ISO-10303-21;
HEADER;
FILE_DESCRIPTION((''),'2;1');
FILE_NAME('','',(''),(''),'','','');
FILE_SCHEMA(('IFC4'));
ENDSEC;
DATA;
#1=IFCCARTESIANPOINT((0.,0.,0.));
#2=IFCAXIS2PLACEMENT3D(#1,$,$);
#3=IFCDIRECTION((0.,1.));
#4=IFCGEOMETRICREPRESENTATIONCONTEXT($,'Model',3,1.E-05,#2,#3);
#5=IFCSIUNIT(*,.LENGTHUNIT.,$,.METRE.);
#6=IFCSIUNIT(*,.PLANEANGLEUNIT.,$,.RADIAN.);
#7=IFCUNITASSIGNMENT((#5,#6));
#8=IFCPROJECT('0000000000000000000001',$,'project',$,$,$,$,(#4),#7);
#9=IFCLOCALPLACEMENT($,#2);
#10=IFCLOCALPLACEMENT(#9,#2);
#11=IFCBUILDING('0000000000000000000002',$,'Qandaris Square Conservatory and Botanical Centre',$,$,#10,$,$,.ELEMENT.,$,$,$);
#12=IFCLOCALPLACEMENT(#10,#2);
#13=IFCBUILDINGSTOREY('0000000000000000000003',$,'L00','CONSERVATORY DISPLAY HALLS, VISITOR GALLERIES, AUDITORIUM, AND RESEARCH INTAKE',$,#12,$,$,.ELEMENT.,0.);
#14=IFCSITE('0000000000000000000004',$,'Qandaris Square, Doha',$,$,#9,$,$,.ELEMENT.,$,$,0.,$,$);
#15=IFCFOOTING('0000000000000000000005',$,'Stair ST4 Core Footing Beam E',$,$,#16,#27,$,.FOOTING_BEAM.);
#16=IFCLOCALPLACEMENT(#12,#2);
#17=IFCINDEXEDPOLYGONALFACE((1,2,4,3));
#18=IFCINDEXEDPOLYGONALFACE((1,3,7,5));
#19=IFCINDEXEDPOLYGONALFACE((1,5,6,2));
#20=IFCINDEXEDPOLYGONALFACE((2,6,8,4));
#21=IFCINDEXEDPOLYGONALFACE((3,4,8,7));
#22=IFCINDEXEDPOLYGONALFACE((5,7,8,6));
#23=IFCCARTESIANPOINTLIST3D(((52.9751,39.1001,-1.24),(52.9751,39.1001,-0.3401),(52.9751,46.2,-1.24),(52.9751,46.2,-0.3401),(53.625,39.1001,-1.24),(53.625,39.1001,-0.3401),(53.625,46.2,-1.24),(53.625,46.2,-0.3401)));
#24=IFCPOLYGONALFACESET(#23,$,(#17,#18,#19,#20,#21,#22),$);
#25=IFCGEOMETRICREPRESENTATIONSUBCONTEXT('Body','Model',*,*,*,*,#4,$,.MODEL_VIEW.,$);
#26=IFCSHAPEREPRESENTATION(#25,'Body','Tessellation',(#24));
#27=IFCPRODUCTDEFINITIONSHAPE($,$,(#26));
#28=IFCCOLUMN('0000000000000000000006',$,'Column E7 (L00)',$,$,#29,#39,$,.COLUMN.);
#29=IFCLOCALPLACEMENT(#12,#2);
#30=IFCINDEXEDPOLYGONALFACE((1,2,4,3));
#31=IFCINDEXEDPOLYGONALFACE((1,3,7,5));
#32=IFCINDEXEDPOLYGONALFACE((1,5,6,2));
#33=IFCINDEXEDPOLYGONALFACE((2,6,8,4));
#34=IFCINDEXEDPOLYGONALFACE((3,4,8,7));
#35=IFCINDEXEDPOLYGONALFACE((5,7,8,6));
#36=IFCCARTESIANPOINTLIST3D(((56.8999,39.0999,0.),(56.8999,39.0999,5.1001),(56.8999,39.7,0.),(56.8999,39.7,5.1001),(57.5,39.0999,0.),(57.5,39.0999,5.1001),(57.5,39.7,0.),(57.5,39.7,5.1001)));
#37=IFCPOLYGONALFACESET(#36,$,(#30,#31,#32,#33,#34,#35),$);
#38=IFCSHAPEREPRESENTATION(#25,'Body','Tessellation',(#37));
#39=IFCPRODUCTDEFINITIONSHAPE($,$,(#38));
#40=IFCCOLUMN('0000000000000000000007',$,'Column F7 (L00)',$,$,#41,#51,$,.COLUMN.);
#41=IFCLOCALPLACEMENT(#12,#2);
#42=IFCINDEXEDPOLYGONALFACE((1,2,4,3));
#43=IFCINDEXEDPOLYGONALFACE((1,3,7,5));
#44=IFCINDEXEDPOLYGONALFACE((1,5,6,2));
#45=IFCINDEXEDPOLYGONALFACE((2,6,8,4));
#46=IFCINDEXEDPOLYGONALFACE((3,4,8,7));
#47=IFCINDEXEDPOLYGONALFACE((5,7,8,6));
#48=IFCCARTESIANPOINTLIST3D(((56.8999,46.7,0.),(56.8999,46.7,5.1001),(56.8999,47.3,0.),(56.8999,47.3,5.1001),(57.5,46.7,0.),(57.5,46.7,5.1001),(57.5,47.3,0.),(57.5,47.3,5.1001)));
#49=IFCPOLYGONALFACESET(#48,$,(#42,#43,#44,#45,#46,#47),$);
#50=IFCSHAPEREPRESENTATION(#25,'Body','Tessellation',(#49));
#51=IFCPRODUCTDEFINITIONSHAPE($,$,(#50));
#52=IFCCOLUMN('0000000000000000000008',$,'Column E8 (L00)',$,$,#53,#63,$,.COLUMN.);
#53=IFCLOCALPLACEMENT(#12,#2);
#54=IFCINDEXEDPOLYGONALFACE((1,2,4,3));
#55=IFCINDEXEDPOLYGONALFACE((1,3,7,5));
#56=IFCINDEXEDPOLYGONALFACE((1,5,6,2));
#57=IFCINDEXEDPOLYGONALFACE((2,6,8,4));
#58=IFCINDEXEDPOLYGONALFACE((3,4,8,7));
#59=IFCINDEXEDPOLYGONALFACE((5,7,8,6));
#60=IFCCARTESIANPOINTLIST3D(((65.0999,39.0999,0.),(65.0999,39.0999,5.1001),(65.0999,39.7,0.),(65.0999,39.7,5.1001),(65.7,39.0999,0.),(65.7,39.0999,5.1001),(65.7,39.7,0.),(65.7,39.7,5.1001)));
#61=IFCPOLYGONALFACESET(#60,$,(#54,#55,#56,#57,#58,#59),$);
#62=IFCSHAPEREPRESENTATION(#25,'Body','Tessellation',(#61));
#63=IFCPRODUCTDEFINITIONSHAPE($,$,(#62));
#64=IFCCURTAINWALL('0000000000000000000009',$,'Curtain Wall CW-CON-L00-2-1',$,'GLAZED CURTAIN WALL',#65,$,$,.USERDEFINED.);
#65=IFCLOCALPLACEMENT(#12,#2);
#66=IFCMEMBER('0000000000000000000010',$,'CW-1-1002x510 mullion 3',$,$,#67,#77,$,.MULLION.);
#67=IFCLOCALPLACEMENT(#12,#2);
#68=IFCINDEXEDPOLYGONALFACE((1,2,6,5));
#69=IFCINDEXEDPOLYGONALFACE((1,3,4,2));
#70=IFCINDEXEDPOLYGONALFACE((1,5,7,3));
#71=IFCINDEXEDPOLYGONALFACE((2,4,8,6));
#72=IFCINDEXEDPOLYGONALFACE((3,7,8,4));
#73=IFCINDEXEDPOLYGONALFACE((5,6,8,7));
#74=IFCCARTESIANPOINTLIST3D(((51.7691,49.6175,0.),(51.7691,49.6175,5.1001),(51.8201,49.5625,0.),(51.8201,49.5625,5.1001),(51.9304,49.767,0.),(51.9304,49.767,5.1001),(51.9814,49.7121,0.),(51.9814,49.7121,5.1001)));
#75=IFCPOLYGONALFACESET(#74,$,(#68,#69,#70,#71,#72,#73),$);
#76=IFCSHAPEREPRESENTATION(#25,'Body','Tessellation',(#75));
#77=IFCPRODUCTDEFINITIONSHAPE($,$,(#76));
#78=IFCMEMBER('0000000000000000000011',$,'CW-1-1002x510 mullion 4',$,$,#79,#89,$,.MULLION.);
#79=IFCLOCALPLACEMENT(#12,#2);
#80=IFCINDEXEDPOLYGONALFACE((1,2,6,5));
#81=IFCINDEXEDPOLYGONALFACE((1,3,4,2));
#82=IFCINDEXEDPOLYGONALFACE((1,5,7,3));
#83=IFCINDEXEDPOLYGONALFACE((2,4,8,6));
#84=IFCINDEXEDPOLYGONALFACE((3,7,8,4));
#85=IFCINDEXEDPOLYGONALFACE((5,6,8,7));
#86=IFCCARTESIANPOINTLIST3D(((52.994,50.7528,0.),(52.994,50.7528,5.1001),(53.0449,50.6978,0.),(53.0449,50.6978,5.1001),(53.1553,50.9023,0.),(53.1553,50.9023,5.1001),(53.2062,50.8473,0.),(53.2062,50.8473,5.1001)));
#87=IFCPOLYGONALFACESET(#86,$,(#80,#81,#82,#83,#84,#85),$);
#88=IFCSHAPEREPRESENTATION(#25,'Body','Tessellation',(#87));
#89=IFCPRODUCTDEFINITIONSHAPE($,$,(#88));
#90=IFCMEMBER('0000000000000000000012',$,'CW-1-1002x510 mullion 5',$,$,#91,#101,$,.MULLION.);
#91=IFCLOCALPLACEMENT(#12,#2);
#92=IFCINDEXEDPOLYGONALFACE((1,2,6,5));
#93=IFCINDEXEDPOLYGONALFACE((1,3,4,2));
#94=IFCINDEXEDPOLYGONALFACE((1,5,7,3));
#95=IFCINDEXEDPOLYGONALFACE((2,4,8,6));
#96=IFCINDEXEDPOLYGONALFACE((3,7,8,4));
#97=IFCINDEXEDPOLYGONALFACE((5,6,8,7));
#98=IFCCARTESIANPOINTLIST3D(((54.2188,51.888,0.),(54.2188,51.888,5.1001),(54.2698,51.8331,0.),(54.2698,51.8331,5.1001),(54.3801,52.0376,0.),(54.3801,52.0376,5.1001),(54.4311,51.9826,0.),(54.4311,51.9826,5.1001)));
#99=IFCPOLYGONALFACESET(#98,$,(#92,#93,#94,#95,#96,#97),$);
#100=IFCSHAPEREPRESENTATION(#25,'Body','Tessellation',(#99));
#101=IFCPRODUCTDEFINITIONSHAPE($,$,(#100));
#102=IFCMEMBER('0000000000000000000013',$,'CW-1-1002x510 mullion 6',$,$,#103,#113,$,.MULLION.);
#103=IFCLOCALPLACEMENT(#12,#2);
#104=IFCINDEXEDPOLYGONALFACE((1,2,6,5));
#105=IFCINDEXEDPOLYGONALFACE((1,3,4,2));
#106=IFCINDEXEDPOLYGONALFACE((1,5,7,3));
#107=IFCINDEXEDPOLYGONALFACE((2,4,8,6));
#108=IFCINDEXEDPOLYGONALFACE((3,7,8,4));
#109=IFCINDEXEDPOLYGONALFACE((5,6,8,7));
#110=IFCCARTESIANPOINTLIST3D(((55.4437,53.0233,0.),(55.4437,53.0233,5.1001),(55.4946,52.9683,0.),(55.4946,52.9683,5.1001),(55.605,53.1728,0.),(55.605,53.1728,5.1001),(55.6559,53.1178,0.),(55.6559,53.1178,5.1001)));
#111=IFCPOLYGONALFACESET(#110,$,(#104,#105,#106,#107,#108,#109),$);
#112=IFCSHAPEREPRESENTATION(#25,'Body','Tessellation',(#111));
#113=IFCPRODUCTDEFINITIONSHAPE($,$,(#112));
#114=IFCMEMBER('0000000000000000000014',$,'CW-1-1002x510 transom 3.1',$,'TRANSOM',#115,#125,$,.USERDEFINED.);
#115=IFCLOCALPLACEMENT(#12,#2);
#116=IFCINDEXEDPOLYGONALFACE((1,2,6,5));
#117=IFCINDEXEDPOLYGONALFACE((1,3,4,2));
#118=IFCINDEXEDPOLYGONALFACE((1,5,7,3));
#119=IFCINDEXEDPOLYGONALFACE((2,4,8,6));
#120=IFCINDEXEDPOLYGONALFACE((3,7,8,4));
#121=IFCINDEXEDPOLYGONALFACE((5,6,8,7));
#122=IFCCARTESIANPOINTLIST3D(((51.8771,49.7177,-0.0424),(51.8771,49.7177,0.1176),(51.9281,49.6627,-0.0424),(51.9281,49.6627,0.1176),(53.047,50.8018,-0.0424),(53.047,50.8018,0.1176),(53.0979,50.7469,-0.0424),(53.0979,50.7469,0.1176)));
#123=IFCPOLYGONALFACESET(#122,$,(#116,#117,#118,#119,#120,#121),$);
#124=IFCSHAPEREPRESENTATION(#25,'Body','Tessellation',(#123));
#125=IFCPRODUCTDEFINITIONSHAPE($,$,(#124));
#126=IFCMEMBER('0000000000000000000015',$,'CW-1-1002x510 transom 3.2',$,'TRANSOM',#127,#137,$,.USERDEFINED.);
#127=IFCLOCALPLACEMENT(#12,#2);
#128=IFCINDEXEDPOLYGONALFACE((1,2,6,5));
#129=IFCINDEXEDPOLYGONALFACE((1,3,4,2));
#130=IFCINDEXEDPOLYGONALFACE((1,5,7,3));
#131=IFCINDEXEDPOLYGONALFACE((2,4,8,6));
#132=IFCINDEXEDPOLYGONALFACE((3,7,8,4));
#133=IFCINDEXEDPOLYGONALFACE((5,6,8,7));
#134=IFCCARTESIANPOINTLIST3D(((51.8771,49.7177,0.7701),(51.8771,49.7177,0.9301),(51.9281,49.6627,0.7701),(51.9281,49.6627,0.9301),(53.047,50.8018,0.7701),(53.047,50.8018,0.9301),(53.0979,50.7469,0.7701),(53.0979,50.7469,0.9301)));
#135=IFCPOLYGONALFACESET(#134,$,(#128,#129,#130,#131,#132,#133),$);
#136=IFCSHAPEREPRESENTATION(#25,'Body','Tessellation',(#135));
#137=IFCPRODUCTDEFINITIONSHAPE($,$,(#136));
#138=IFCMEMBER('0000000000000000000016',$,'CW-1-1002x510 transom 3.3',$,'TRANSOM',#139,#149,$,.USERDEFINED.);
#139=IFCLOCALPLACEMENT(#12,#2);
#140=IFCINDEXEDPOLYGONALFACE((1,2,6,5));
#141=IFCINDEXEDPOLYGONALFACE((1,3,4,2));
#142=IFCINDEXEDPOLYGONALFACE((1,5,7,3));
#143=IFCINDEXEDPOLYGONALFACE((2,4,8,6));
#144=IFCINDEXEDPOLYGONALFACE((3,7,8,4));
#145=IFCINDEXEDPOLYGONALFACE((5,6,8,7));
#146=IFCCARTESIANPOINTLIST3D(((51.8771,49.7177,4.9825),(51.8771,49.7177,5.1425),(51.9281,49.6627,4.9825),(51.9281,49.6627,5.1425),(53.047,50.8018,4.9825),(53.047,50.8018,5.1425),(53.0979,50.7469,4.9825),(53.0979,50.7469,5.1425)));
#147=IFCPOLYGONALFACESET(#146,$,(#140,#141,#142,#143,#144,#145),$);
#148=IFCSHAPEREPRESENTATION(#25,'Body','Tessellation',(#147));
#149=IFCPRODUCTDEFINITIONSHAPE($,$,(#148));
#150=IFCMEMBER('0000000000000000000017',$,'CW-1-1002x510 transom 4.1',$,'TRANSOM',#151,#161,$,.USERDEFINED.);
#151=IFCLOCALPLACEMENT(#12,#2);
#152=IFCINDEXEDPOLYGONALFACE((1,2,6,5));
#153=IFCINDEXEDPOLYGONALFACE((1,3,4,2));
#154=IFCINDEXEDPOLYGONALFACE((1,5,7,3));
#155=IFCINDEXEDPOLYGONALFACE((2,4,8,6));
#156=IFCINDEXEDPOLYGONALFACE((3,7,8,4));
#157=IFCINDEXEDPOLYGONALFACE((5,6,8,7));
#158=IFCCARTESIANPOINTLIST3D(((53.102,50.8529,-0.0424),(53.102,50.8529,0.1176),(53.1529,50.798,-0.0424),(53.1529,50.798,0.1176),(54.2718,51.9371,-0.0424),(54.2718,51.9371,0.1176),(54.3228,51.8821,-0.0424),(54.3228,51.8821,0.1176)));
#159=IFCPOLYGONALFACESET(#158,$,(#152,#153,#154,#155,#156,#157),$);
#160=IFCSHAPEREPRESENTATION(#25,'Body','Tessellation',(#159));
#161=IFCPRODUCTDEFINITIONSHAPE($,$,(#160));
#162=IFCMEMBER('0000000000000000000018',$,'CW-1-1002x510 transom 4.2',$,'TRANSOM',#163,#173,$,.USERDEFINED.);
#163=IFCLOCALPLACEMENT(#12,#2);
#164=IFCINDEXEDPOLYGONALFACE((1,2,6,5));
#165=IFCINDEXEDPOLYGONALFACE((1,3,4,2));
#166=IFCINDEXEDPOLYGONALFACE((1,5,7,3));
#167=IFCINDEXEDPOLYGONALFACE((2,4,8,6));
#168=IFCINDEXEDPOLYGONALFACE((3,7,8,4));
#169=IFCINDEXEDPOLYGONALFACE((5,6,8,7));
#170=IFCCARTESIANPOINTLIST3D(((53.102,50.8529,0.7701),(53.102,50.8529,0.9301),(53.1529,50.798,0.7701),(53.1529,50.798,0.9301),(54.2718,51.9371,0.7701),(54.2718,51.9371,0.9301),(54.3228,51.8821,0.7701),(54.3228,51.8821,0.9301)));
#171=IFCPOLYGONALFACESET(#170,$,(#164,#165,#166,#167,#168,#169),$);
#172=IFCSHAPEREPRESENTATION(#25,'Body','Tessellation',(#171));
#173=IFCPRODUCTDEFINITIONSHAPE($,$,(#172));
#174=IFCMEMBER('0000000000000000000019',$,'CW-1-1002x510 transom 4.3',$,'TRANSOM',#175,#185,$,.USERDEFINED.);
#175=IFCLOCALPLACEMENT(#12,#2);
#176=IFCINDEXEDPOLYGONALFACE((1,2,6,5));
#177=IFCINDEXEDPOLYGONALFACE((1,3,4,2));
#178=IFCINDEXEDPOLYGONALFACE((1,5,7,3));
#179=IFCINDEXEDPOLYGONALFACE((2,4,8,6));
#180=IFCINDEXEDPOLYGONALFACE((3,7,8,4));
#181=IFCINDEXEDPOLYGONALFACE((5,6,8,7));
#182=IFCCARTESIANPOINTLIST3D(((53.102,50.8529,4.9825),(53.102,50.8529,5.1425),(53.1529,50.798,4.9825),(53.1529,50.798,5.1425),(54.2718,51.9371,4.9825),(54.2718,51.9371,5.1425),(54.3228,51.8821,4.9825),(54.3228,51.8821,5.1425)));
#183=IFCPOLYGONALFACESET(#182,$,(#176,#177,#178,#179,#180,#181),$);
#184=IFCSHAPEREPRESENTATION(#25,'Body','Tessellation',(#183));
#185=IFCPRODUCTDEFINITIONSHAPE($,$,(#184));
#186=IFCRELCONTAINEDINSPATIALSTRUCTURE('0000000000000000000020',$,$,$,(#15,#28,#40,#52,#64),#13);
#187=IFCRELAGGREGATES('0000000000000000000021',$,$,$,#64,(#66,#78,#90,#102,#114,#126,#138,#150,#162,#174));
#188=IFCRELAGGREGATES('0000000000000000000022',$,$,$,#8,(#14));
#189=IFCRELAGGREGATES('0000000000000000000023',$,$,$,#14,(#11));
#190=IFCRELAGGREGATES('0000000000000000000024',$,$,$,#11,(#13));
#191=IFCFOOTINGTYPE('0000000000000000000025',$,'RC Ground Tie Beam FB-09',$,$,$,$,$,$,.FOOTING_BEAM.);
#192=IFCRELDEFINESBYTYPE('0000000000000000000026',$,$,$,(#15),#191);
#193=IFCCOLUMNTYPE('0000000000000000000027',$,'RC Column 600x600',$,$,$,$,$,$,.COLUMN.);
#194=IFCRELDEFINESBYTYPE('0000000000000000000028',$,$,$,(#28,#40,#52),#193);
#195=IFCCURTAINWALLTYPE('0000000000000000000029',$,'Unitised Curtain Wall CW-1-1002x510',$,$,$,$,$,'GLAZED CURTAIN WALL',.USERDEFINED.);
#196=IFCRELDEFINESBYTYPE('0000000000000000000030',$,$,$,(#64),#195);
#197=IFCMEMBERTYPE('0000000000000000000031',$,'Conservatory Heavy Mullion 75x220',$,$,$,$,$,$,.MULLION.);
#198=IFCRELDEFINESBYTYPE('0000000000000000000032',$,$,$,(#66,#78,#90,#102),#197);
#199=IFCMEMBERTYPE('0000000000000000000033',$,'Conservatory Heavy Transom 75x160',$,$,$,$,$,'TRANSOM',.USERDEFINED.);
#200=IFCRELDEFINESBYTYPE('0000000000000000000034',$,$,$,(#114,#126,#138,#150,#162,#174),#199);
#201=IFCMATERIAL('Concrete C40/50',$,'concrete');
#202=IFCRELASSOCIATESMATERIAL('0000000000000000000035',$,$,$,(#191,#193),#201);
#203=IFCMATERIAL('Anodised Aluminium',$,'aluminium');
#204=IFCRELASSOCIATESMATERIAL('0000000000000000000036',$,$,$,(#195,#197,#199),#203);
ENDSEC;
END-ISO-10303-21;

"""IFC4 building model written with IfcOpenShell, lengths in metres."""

from ifc_helpers import new_model, si_unit, direction, frame, origin, origin_2d, place, context, subcontext, project, spatial, rectangle, extrude, material, material_profile, profile_set, type_object, element, aggregate, save


model = new_model("IFC4")

# Units and contexts
model_context = context("Model", 3, precision=1e-05, world=origin(), true_north=direction((0.0, 1.0)))
body_context = subcontext(model_context, "Body", "Model", "MODEL_VIEW")
ifc_project = project(units=[si_unit("LENGTHUNIT", "METRE"), si_unit("PLANEANGLEUNIT", "RADIAN")], contexts=[model_context])

# Site, building, storey
site_placement = place(None, origin())
site = spatial("IfcSite", under=ifc_project, at=site_placement, Name="Qandaris Square, Doha", CompositionType="ELEMENT", RefElevation=0.0)
building_placement = place(site_placement, origin())
building = spatial("IfcBuilding", under=site, at=building_placement, Name="Qandaris Square Conservatory and Botanical Centre", CompositionType="ELEMENT")
storey_placement = place(building_placement, origin())
storey = spatial("IfcBuildingStorey", under=building, at=storey_placement, Name="L00", Description="CONSERVATORY DISPLAY HALLS, VISITOR GALLERIES, AUDITORIUM, AND RESEARCH INTAKE", CompositionType="ELEMENT", Elevation=0.0)

# Footing
ifc_material_1 = material(Name="Concrete C40/50", Category="concrete")
ifc_material_profile_1 = material_profile(ifc_material_1, rectangle(XDim=0.6499, YDim=0.8999, at=origin_2d()), Name="FB 650x900")
ifc_profile_set_1 = profile_set([ifc_material_profile_1], Name="Concrete C40/50")
footing_type = type_object("IfcFootingType", Name="RC Ground Tie Beam FB-09", PredefinedType="FOOTING_BEAM", material=ifc_profile_set_1)
footing_placement = place(storey_placement, frame((53.3, 39.1001, -0.79), z_axis=(0.0, 1.0, 0.0), x_axis=(-1.0, 0.0, 0.0)))
element("IfcFooting", 1, at=footing_placement, inside=storey, type_object=footing_type, Name="Stair ST4 Core Footing Beam E", PredefinedType="FOOTING_BEAM", context=body_context, shape_type="SweptSolid", body=[
    extrude(rectangle(XDim=0.6499, YDim=0.8999, at=origin_2d()), origin(), (0.0, 0.0, 1.0), 7.0999),
])

# Columns
ifc_material_profile_2 = material_profile(ifc_material_1, rectangle(XDim=0.6001, YDim=0.6001, at=origin_2d()), Name="RC-COL 600x600")
ifc_profile_set_2 = profile_set([ifc_material_profile_2], Name="Concrete C40/50")
column_type = type_object("IfcColumnType", Name="RC Column 600x600", PredefinedType="COLUMN", material=ifc_profile_set_2)
for number, where, z_axis, x_axis, name in (
    (2, (57.2, 39.3999, 0.0), (0.0, 0.0, 1.0), (1.0, 0.0, 0.0), "Column E7 (L00)"),
    (3, (57.2, 47.0, 0.0), (0.0, 0.0, 1.0), (1.0, 0.0, 0.0), "Column F7 (L00)"),
    (4, (65.3999, 39.3999, 0.0), (0.0, 0.0, 1.0), (1.0, 0.0, 0.0), "Column E8 (L00)"),
):
    element("IfcColumn", number, at=place(storey_placement, frame(where, z_axis=z_axis, x_axis=x_axis)), inside=storey, type_object=column_type, Name=name, PredefinedType="COLUMN", context=body_context, shape_type="SweptSolid", body=[
        extrude(rectangle(XDim=0.6001, YDim=0.6001, at=origin_2d()), origin(), (0.0, 0.0, 1.0), 5.1001),
    ])

# Curtain wall, members
ifc_material_2 = material(Name="Anodised Aluminium", Category="aluminium")
curtain_wall_type = type_object("IfcCurtainWallType", Name="Unitised Curtain Wall CW-1-1002x510", ElementType="GLAZED CURTAIN WALL", PredefinedType="USERDEFINED", material=ifc_material_2)
curtain_wall_placement = place(storey_placement, origin())
curtain_wall = element("IfcCurtainWall", 5, at=curtain_wall_placement, inside=storey, type_object=curtain_wall_type, Name="Curtain Wall CW-CON-L00-2-1", ObjectType="GLAZED CURTAIN WALL", PredefinedType="USERDEFINED")
ifc_material_profile_3 = material_profile(ifc_material_2, rectangle(XDim=0.075, YDim=0.22, at=origin_2d()), Name="ALU-MUL 75x220")
ifc_profile_set_3 = profile_set([ifc_material_profile_3], Name="Anodised Aluminium")
member_type_1 = type_object("IfcMemberType", Name="Conservatory Heavy Mullion 75x220", PredefinedType="MULLION", material=ifc_profile_set_3)
member_1_placement = place(storey_placement, frame((51.8752, 49.6648, 0.0), z_axis=(0.0, 0.0, 1.0), x_axis=(-0.679762, 0.733433, 0.0)))
member_1 = element("IfcMember", 6, at=member_1_placement, type_object=member_type_1, Name="CW-1-1002x510 mullion 3", PredefinedType="MULLION", context=body_context, shape_type="SweptSolid", body=[
    extrude(rectangle(XDim=0.075, YDim=0.22, at=origin_2d()), origin(), (0.0, 0.0, 1.0), 5.1001),
])
member_2_placement = place(storey_placement, frame((53.1001, 50.8, 0.0), z_axis=(0.0, 0.0, 1.0), x_axis=(-0.679762, 0.733433, 0.0)))
member_2 = element("IfcMember", 7, at=member_2_placement, type_object=member_type_1, Name="CW-1-1002x510 mullion 4", PredefinedType="MULLION", context=body_context, shape_type="SweptSolid", body=[
    extrude(rectangle(XDim=0.075, YDim=0.22, at=origin_2d()), origin(), (0.0, 0.0, 1.0), 5.1001),
])
member_3_placement = place(storey_placement, frame((54.325, 51.9353, 0.0), z_axis=(0.0, 0.0, 1.0), x_axis=(-0.679762, 0.733433, 0.0)))
member_3 = element("IfcMember", 8, at=member_3_placement, type_object=member_type_1, Name="CW-1-1002x510 mullion 5", PredefinedType="MULLION", context=body_context, shape_type="SweptSolid", body=[
    extrude(rectangle(XDim=0.075, YDim=0.22, at=origin_2d()), origin(), (0.0, 0.0, 1.0), 5.1001),
])
member_4_placement = place(storey_placement, frame((55.5498, 53.0706, 0.0), z_axis=(0.0, 0.0, 1.0), x_axis=(-0.679762, 0.733433, 0.0)))
member_4 = element("IfcMember", 9, at=member_4_placement, type_object=member_type_1, Name="CW-1-1002x510 mullion 6", PredefinedType="MULLION", context=body_context, shape_type="SweptSolid", body=[
    extrude(rectangle(XDim=0.075, YDim=0.22, at=origin_2d()), origin(), (0.0, 0.0, 1.0), 5.1001),
])
ifc_material_profile_4 = material_profile(ifc_material_2, rectangle(XDim=0.075, YDim=0.1599, at=origin_2d()), Name="ALU-TRN 75x160")
ifc_profile_set_4 = profile_set([ifc_material_profile_4], Name="Anodised Aluminium")
member_type_2 = type_object("IfcMemberType", Name="Conservatory Heavy Transom 75x160", ElementType="TRANSOM", PredefinedType="USERDEFINED", material=ifc_profile_set_4)
member_5_placement = place(storey_placement, frame((51.9026, 49.6902, 0.0376), z_axis=(0.733458, 0.679735, 0.0), x_axis=(-0.679735, 0.733458, 0.0)))
member_5 = element("IfcMember", 10, at=member_5_placement, type_object=member_type_2, Name="CW-1-1002x510 transom 3.1", ObjectType="TRANSOM", PredefinedType="USERDEFINED", context=body_context, shape_type="SweptSolid", body=[
    extrude(rectangle(XDim=0.075, YDim=0.1599, at=origin_2d()), origin(), (0.0, 0.0, 1.0), 1.595),
])
member_6_placement = place(storey_placement, frame((51.9026, 49.6902, 0.8501), z_axis=(0.733458, 0.679735, 0.0), x_axis=(-0.679735, 0.733458, 0.0)))
member_6 = element("IfcMember", 11, at=member_6_placement, type_object=member_type_2, Name="CW-1-1002x510 transom 3.2", ObjectType="TRANSOM", PredefinedType="USERDEFINED", context=body_context, shape_type="SweptSolid", body=[
    extrude(rectangle(XDim=0.075, YDim=0.1599, at=origin_2d()), origin(), (0.0, 0.0, 1.0), 1.595),
])
member_7_placement = place(storey_placement, frame((51.9026, 49.6902, 5.0625), z_axis=(0.733458, 0.679735, 0.0), x_axis=(-0.679735, 0.733458, 0.0)))
member_7 = element("IfcMember", 12, at=member_7_placement, type_object=member_type_2, Name="CW-1-1002x510 transom 3.3", ObjectType="TRANSOM", PredefinedType="USERDEFINED", context=body_context, shape_type="SweptSolid", body=[
    extrude(rectangle(XDim=0.075, YDim=0.1599, at=origin_2d()), origin(), (0.0, 0.0, 1.0), 1.595),
])
member_8_placement = place(storey_placement, frame((53.1274, 50.8254, 0.0376), z_axis=(0.733458, 0.679735, 0.0), x_axis=(-0.679735, 0.733458, 0.0)))
member_8 = element("IfcMember", 13, at=member_8_placement, type_object=member_type_2, Name="CW-1-1002x510 transom 4.1", ObjectType="TRANSOM", PredefinedType="USERDEFINED", context=body_context, shape_type="SweptSolid", body=[
    extrude(rectangle(XDim=0.075, YDim=0.1599, at=origin_2d()), origin(), (0.0, 0.0, 1.0), 1.595),
])
member_9_placement = place(storey_placement, frame((53.1274, 50.8254, 0.8501), z_axis=(0.733458, 0.679735, 0.0), x_axis=(-0.679735, 0.733458, 0.0)))
member_9 = element("IfcMember", 14, at=member_9_placement, type_object=member_type_2, Name="CW-1-1002x510 transom 4.2", ObjectType="TRANSOM", PredefinedType="USERDEFINED", context=body_context, shape_type="SweptSolid", body=[
    extrude(rectangle(XDim=0.075, YDim=0.1599, at=origin_2d()), origin(), (0.0, 0.0, 1.0), 1.595),
])
member_10_placement = place(storey_placement, frame((53.1274, 50.8254, 5.0625), z_axis=(0.733458, 0.679735, 0.0), x_axis=(-0.679735, 0.733458, 0.0)))
member_10 = element("IfcMember", 15, at=member_10_placement, type_object=member_type_2, Name="CW-1-1002x510 transom 4.3", ObjectType="TRANSOM", PredefinedType="USERDEFINED", context=body_context, shape_type="SweptSolid", body=[
    extrude(rectangle(XDim=0.075, YDim=0.1599, at=origin_2d()), origin(), (0.0, 0.0, 1.0), 1.595),
])

aggregate(curtain_wall, [member_1, member_2, member_3, member_4, member_5, member_6, member_7, member_8, member_9, member_10])

save(model, "model.ifc")
